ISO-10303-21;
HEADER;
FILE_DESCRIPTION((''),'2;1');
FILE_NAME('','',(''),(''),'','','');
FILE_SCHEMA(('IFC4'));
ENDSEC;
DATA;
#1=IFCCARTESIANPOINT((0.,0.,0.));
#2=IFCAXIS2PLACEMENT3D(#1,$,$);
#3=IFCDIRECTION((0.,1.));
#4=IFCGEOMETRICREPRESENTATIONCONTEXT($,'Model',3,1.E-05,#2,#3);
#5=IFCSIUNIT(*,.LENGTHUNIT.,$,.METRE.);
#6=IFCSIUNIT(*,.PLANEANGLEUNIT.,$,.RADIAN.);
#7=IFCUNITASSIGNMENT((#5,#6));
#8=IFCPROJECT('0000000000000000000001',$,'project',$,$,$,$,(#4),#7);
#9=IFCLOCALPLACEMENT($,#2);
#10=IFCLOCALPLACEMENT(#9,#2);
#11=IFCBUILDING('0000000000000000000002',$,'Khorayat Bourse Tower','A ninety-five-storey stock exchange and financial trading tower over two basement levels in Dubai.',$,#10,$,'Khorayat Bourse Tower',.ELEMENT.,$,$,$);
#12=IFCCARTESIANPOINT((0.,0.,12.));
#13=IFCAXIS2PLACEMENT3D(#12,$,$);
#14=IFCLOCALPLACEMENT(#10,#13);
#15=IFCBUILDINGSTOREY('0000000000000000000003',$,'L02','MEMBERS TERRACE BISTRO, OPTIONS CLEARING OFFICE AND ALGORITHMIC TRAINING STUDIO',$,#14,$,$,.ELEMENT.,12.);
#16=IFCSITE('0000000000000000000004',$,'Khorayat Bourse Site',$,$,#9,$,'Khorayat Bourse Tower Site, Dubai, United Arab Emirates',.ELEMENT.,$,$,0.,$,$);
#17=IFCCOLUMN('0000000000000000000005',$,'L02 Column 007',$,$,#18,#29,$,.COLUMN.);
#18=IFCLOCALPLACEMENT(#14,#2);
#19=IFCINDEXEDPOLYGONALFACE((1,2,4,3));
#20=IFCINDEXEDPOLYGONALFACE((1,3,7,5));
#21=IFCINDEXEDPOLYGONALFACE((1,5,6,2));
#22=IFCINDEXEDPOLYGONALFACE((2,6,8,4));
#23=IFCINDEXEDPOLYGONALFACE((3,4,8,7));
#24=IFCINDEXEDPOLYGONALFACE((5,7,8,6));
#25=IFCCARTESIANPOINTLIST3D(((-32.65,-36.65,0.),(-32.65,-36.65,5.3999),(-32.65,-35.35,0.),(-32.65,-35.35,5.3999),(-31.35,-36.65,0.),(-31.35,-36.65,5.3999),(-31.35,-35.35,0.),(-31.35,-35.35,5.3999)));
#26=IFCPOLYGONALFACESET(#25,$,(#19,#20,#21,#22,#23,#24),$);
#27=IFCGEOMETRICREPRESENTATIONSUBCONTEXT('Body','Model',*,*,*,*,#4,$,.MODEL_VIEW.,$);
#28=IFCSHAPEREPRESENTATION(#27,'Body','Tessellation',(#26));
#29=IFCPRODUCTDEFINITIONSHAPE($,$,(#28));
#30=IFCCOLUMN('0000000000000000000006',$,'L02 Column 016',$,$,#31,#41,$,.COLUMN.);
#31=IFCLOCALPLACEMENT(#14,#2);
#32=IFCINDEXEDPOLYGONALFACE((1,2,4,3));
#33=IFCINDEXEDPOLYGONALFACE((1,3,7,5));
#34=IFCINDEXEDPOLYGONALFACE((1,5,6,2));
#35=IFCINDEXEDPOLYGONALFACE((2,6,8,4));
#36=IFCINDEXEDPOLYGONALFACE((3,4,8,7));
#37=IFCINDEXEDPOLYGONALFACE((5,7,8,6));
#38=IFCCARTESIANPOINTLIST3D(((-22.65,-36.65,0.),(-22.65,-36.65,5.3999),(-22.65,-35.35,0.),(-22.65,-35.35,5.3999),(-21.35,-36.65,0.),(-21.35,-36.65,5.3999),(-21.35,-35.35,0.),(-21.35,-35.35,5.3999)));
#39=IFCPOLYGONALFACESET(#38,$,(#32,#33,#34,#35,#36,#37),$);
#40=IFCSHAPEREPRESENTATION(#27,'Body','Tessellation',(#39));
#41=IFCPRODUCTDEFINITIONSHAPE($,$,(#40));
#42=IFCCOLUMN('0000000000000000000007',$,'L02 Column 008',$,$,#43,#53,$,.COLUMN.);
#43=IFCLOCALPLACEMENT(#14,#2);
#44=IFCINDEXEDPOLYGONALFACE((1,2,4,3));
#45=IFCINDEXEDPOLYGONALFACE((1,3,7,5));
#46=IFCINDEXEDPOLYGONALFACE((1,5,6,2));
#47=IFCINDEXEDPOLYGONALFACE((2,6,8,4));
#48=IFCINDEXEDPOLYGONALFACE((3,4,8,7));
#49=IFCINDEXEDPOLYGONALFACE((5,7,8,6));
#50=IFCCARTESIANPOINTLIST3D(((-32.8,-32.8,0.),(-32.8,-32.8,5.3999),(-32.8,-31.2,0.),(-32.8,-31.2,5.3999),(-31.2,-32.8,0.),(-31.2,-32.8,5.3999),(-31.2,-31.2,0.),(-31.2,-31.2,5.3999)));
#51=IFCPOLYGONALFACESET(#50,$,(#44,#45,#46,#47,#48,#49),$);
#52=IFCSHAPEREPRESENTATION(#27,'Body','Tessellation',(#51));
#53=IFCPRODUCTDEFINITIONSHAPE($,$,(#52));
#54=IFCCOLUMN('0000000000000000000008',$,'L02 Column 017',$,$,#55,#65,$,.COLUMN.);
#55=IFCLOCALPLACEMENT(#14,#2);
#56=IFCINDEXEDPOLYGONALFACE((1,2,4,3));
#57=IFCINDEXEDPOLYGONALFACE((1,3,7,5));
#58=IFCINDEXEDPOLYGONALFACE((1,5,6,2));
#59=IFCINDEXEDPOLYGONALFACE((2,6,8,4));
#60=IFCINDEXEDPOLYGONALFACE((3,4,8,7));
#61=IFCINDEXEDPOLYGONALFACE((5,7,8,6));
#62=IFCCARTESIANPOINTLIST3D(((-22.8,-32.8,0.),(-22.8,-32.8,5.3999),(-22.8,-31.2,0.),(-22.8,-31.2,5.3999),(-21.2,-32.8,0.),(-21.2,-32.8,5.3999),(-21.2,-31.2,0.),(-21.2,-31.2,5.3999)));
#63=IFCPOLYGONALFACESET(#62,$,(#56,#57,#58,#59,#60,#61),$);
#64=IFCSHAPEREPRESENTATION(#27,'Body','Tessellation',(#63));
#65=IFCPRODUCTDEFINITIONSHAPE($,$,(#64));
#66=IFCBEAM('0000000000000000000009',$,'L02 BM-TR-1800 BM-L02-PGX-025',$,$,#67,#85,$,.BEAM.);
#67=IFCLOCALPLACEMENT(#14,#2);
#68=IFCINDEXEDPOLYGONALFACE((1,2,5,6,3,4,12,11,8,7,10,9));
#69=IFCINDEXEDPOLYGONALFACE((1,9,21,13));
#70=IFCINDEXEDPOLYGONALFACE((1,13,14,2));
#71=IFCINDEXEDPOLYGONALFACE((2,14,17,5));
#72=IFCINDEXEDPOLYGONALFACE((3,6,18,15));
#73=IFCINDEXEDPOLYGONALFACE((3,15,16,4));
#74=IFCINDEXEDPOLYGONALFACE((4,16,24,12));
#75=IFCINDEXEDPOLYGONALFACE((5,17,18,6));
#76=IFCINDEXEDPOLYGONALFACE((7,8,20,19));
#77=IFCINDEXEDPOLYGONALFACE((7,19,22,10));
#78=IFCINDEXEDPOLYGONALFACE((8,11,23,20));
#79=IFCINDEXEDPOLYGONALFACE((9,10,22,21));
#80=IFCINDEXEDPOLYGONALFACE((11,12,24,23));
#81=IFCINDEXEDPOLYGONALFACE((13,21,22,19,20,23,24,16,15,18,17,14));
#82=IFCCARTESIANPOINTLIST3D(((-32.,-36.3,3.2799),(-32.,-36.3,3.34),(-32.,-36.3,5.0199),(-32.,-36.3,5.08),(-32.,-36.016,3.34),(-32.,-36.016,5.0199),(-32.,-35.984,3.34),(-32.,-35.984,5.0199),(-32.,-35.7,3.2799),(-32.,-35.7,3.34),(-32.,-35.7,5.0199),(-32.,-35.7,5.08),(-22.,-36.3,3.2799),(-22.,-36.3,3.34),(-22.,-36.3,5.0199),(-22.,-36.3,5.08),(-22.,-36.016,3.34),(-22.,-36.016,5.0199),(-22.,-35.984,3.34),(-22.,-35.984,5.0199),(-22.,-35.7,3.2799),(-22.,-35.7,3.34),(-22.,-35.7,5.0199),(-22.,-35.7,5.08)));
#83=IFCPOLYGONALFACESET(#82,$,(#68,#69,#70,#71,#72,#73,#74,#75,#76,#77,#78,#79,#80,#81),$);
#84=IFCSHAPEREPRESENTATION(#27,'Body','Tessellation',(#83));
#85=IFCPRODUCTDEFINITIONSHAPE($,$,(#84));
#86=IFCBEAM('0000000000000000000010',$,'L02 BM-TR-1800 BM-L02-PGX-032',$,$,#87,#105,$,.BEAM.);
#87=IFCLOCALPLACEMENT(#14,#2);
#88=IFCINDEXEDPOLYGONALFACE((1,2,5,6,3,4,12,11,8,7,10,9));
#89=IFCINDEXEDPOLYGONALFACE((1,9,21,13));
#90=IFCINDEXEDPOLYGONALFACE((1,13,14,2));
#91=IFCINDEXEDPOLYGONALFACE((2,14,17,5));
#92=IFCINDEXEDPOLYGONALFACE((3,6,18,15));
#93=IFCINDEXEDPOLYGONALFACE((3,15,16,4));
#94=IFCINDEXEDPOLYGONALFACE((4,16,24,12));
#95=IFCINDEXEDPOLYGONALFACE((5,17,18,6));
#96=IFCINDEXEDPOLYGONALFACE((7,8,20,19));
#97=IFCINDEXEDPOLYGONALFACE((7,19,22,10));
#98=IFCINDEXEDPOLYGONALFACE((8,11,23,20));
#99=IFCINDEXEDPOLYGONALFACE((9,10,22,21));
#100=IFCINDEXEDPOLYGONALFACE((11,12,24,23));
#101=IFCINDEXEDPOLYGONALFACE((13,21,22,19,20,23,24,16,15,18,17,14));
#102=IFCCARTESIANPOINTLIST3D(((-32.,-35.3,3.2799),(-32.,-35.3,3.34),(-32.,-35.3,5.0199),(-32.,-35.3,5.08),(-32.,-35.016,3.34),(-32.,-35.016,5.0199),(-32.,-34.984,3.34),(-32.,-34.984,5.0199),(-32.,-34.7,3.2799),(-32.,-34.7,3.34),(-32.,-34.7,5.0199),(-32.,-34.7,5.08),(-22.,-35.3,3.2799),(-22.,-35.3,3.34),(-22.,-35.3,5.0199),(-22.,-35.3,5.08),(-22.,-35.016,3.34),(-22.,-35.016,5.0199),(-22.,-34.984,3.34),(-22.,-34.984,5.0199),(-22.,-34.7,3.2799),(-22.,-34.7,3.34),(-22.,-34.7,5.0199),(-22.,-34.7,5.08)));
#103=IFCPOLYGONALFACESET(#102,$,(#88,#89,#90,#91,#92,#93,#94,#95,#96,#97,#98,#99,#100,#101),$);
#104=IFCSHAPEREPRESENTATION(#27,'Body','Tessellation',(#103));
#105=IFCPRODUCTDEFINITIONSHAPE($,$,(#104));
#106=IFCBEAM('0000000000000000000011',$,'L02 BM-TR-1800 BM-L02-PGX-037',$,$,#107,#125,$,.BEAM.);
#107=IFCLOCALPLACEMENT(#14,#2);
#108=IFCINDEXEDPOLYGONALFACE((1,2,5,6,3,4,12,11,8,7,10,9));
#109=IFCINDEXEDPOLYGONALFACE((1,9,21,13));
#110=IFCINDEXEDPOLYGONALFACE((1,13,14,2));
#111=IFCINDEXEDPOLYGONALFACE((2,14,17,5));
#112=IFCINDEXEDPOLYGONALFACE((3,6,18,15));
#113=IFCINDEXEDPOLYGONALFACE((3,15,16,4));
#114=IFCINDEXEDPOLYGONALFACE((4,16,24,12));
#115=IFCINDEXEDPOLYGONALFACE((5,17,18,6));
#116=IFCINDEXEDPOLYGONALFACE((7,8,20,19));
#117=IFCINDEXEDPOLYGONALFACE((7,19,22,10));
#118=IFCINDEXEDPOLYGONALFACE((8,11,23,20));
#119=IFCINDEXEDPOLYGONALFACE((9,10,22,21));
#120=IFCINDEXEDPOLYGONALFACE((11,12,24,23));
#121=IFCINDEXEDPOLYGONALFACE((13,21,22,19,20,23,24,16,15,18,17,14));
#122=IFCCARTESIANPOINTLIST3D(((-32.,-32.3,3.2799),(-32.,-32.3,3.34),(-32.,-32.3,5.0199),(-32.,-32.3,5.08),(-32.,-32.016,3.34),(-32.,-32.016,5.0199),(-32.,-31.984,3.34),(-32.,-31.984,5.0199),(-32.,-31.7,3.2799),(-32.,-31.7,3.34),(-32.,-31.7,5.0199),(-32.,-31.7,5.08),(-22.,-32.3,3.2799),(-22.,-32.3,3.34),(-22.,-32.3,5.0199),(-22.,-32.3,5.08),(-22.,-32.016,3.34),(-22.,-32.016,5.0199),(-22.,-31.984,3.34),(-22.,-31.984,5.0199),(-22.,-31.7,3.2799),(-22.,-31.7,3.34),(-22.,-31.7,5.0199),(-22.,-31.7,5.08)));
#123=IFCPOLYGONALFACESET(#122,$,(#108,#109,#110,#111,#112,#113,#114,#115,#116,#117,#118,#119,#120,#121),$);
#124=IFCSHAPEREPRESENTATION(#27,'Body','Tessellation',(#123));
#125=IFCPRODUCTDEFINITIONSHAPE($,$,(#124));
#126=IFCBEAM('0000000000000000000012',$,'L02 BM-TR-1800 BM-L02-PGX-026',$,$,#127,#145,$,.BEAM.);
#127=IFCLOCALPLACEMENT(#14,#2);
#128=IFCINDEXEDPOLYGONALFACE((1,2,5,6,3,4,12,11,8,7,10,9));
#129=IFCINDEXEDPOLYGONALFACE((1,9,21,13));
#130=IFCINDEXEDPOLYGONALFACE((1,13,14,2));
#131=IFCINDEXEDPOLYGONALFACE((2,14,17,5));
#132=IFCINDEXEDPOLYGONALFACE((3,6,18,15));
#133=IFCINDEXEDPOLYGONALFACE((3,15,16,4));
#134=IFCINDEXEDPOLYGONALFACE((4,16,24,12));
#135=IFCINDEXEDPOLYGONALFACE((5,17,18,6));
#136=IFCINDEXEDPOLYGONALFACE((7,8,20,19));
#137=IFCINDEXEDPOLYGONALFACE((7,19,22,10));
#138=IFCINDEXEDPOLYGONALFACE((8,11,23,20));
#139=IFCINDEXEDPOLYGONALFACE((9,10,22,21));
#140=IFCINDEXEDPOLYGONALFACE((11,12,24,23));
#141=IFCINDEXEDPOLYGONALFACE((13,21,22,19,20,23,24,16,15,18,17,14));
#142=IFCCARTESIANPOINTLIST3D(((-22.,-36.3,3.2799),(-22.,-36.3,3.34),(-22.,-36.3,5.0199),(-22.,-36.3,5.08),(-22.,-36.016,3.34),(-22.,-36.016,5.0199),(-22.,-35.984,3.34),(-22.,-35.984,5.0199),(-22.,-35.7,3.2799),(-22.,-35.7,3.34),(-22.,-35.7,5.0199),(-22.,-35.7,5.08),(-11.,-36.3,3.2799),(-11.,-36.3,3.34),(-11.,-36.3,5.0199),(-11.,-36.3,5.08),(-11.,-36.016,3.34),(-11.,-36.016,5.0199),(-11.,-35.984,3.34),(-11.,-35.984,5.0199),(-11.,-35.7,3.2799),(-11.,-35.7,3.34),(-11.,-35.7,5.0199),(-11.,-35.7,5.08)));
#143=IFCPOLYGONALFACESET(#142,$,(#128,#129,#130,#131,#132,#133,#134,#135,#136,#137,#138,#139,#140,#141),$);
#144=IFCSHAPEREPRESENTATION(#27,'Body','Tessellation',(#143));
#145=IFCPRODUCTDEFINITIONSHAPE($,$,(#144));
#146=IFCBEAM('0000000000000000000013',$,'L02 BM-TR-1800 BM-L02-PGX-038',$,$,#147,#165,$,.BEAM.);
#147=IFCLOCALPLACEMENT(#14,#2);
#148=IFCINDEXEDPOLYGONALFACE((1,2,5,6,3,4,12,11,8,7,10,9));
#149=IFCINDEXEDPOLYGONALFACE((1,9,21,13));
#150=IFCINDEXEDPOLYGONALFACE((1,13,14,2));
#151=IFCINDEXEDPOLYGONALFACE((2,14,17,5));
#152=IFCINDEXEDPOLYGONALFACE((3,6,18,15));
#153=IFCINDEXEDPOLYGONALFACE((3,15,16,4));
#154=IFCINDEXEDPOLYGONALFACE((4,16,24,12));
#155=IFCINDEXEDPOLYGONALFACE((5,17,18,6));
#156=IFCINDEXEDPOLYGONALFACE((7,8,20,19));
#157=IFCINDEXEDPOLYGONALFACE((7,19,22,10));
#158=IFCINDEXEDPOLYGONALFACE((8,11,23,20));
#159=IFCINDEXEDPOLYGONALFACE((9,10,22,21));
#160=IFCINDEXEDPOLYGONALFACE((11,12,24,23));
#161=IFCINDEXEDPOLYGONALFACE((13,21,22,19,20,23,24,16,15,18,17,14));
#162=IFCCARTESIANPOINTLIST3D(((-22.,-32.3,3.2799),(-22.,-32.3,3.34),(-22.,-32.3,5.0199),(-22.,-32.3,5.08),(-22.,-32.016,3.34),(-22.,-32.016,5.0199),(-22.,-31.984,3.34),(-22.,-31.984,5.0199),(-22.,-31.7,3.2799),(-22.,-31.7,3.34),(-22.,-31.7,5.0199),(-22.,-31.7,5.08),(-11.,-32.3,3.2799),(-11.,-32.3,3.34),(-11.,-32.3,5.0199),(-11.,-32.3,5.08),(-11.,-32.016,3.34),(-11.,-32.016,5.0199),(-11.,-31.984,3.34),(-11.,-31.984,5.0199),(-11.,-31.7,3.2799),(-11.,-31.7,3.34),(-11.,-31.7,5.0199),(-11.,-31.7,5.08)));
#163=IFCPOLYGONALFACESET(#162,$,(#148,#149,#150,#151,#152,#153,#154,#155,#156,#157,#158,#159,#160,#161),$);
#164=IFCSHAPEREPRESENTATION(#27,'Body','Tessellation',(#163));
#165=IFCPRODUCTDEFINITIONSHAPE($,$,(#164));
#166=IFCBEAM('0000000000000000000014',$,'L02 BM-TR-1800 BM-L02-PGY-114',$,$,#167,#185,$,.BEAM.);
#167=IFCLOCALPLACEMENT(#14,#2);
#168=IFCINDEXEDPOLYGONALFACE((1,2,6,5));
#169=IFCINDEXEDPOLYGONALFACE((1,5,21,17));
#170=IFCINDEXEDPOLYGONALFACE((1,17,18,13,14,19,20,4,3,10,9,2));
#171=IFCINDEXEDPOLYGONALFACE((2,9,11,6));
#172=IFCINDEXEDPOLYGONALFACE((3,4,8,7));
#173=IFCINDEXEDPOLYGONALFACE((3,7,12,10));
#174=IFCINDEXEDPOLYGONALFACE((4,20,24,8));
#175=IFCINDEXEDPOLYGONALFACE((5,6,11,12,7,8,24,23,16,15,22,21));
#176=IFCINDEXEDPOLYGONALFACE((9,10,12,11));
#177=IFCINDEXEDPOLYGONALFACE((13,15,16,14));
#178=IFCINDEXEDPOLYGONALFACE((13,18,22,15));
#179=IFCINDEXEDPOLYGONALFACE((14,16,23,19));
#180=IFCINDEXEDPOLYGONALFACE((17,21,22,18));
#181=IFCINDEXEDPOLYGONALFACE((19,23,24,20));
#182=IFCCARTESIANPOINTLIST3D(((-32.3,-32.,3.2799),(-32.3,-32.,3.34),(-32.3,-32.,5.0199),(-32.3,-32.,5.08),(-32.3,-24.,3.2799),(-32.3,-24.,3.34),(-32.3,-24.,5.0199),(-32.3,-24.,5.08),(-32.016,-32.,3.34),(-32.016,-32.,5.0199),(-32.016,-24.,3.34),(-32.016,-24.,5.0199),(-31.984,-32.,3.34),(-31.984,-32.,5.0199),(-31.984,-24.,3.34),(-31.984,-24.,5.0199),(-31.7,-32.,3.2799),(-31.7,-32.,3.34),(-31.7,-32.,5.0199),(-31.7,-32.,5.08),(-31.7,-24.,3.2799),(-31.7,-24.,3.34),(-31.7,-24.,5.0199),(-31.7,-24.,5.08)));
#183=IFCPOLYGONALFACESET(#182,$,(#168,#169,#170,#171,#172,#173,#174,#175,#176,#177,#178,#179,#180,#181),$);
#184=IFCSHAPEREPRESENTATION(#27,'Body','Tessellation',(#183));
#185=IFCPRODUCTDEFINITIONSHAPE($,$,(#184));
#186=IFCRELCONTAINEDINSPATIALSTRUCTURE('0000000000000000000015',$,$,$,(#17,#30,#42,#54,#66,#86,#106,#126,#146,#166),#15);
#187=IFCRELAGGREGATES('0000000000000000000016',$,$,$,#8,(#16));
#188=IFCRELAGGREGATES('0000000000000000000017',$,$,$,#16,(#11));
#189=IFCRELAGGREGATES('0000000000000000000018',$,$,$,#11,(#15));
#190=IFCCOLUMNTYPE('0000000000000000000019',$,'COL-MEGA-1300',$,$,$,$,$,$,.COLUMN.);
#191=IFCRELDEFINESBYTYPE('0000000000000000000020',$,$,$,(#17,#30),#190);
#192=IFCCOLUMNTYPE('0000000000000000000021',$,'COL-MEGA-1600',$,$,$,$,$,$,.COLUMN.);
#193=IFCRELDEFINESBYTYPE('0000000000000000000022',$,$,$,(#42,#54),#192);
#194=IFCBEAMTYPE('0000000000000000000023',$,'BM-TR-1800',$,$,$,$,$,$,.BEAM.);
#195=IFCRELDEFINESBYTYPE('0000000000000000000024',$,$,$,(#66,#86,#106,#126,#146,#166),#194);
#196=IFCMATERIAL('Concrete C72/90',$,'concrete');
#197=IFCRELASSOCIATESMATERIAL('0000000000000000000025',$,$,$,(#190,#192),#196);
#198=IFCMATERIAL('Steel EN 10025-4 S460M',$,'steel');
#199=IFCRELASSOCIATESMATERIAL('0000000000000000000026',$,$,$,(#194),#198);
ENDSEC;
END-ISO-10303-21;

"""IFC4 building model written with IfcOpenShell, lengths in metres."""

from ifc_helpers import new_model, si_unit, direction, frame, origin, origin_2d, place, context, subcontext, project, spatial, rectangle, i_section, extrude, source, transform, mapped, material, material_profile, profile_set, type_object, element, save


model = new_model("IFC4")

# Units and contexts
model_context = context("Model", 3, precision=1e-05, world=origin(), true_north=direction((0.0, 1.0)))
body_context = subcontext(model_context, "Body", "Model", "MODEL_VIEW")
ifc_project = project(units=[si_unit("LENGTHUNIT", "METRE"), si_unit("PLANEANGLEUNIT", "RADIAN")], contexts=[model_context])

# Site, building, storey
site_placement = place(None, origin())
site = spatial("IfcSite", under=ifc_project, at=site_placement, Name="Khorayat Bourse Site", LongName="Khorayat Bourse Tower Site, Dubai, United Arab Emirates", CompositionType="ELEMENT", RefElevation=0.0)
building_placement = place(site_placement, origin())
building = spatial("IfcBuilding", under=site, at=building_placement, Name="Khorayat Bourse Tower", Description="A ninety-five-storey stock exchange and financial trading tower over two basement levels in Dubai.", LongName="Khorayat Bourse Tower", CompositionType="ELEMENT")
storey_placement = place(building_placement, frame((0.0, 0.0, 12.0)))
storey = spatial("IfcBuildingStorey", under=building, at=storey_placement, Name="L02", Description="MEMBERS TERRACE BISTRO, OPTIONS CLEARING OFFICE AND ALGORITHMIC TRAINING STUDIO", CompositionType="ELEMENT", Elevation=12.0)

# Columns
ifc_material_1 = material(Name="Concrete C72/90", Category="concrete")
ifc_material_profile_1 = material_profile(ifc_material_1, rectangle(XDim=1.3, YDim=1.3, at=origin_2d()), Name="RC 1300x1300")
ifc_profile_set_1 = profile_set([ifc_material_profile_1], Name="Concrete C72/90")
column_type_1 = type_object("IfcColumnType", Name="COL-MEGA-1300", PredefinedType="COLUMN", material=ifc_profile_set_1)
shared_shape_1 = source(origin(), body_context, "Body", "SweptSolid", [
    extrude(rectangle(XDim=1.3, YDim=1.3, at=origin_2d()), origin(), (0.0, 0.0, 1.0), 5.3999),
])
for number, where, z_axis, x_axis, name in (
    (1, (-32.0, -36.0, 0.0), (0.0, 0.0, 1.0), (1.0, 0.0, 0.0), "L02 Column 007"),
    (2, (-22.0, -36.0, 0.0), (0.0, 0.0, 1.0), (1.0, 0.0, 0.0), "L02 Column 016"),
):
    element("IfcColumn", number, at=place(storey_placement, frame(where, z_axis=z_axis, x_axis=x_axis)), inside=storey, type_object=column_type_1, Name=name, PredefinedType="COLUMN", context=body_context, shape_type="MappedRepresentation", body=[
        mapped(shared_shape_1, transform((0.0, 0.0, 0.0), scale=1.0)),
    ])
ifc_material_profile_2 = material_profile(ifc_material_1, rectangle(XDim=1.6001, YDim=1.6001, at=origin_2d()), Name="RC 1600x1600")
ifc_profile_set_2 = profile_set([ifc_material_profile_2], Name="Concrete C72/90")
column_type_2 = type_object("IfcColumnType", Name="COL-MEGA-1600", PredefinedType="COLUMN", material=ifc_profile_set_2)
shared_shape_2 = source(origin(), body_context, "Body", "SweptSolid", [
    extrude(rectangle(XDim=1.6001, YDim=1.6001, at=origin_2d()), origin(), (0.0, 0.0, 1.0), 5.3999),
])
for number, where, z_axis, x_axis, name in (
    (3, (-32.0, -32.0, 0.0), (0.0, 0.0, 1.0), (1.0, 0.0, 0.0), "L02 Column 008"),
    (4, (-22.0, -32.0, 0.0), (0.0, 0.0, 1.0), (1.0, 0.0, 0.0), "L02 Column 017"),
):
    element("IfcColumn", number, at=place(storey_placement, frame(where, z_axis=z_axis, x_axis=x_axis)), inside=storey, type_object=column_type_2, Name=name, PredefinedType="COLUMN", context=body_context, shape_type="MappedRepresentation", body=[
        mapped(shared_shape_2, transform((0.0, 0.0, 0.0), scale=1.0)),
    ])

# Beams
ifc_material_2 = material(Name="Steel EN 10025-4 S460M", Category="steel")
ifc_material_profile_3 = material_profile(ifc_material_2, i_section(OverallWidth=0.6001, OverallDepth=1.8, WebThickness=0.032, FlangeThickness=0.0601, at=origin_2d()), Name="PG 1800x600x32x60")
ifc_profile_set_3 = profile_set([ifc_material_profile_3], Name="Steel EN 10025-4 S460M")
beam_type_1 = type_object("IfcBeamType", Name="BM-TR-1800", PredefinedType="BEAM", material=ifc_profile_set_3)
shared_shape_3 = source(origin(), body_context, "Body", "SweptSolid", [
    extrude(i_section(OverallWidth=0.6001, OverallDepth=1.8, WebThickness=0.032, FlangeThickness=0.0601, at=origin_2d()), origin(), (0.0, 0.0, 1.0), 10.0),
])
for number, where, z_axis, x_axis, name in (
    (5, (-32.0, -36.0, 4.1799), (1.0, 0.0, 0.0), (0.0, 1.0, 0.0), "L02 BM-TR-1800 BM-L02-PGX-025"),
    (6, (-32.0, -35.0, 4.1799), (1.0, 0.0, 0.0), (0.0, 1.0, 0.0), "L02 BM-TR-1800 BM-L02-PGX-032"),
    (7, (-32.0, -32.0, 4.1799), (1.0, 0.0, 0.0), (0.0, 1.0, 0.0), "L02 BM-TR-1800 BM-L02-PGX-037"),
):
    element("IfcBeam", number, at=place(storey_placement, frame(where, z_axis=z_axis, x_axis=x_axis)), inside=storey, type_object=beam_type_1, Name=name, PredefinedType="BEAM", context=body_context, shape_type="MappedRepresentation", body=[
        mapped(shared_shape_3, transform((0.0, 0.0, 0.0), scale=1.0)),
    ])
shared_shape_4 = source(origin(), body_context, "Body", "SweptSolid", [
    extrude(i_section(OverallWidth=0.6001, OverallDepth=1.8, WebThickness=0.032, FlangeThickness=0.0601, at=origin_2d()), origin(), (0.0, 0.0, 1.0), 11.0),
])
for number, where, z_axis, x_axis, name in (
    (8, (-22.0, -36.0, 4.1799), (1.0, 0.0, 0.0), (0.0, 1.0, 0.0), "L02 BM-TR-1800 BM-L02-PGX-026"),
    (9, (-22.0, -32.0, 4.1799), (1.0, 0.0, 0.0), (0.0, 1.0, 0.0), "L02 BM-TR-1800 BM-L02-PGX-038"),
):
    element("IfcBeam", number, at=place(storey_placement, frame(where, z_axis=z_axis, x_axis=x_axis)), inside=storey, type_object=beam_type_1, Name=name, PredefinedType="BEAM", context=body_context, shape_type="MappedRepresentation", body=[
        mapped(shared_shape_4, transform((0.0, 0.0, 0.0), scale=1.0)),
    ])
shared_shape_5 = source(origin(), body_context, "Body", "SweptSolid", [
    extrude(i_section(OverallWidth=0.6001, OverallDepth=1.8, WebThickness=0.032, FlangeThickness=0.0601, at=origin_2d()), origin(), (0.0, 0.0, 1.0), 8.0),
])
for number, where, z_axis, x_axis, name in (
    (10, (-32.0, -32.0, 4.1799), (0.0, 1.0, 0.0), (-1.0, 0.0, 0.0), "L02 BM-TR-1800 BM-L02-PGY-114"),
):
    element("IfcBeam", number, at=place(storey_placement, frame(where, z_axis=z_axis, x_axis=x_axis)), inside=storey, type_object=beam_type_1, Name=name, PredefinedType="BEAM", context=body_context, shape_type="MappedRepresentation", body=[
        mapped(shared_shape_5, transform((0.0, 0.0, 0.0), scale=1.0)),
    ])

save(model, "model.ifc")
